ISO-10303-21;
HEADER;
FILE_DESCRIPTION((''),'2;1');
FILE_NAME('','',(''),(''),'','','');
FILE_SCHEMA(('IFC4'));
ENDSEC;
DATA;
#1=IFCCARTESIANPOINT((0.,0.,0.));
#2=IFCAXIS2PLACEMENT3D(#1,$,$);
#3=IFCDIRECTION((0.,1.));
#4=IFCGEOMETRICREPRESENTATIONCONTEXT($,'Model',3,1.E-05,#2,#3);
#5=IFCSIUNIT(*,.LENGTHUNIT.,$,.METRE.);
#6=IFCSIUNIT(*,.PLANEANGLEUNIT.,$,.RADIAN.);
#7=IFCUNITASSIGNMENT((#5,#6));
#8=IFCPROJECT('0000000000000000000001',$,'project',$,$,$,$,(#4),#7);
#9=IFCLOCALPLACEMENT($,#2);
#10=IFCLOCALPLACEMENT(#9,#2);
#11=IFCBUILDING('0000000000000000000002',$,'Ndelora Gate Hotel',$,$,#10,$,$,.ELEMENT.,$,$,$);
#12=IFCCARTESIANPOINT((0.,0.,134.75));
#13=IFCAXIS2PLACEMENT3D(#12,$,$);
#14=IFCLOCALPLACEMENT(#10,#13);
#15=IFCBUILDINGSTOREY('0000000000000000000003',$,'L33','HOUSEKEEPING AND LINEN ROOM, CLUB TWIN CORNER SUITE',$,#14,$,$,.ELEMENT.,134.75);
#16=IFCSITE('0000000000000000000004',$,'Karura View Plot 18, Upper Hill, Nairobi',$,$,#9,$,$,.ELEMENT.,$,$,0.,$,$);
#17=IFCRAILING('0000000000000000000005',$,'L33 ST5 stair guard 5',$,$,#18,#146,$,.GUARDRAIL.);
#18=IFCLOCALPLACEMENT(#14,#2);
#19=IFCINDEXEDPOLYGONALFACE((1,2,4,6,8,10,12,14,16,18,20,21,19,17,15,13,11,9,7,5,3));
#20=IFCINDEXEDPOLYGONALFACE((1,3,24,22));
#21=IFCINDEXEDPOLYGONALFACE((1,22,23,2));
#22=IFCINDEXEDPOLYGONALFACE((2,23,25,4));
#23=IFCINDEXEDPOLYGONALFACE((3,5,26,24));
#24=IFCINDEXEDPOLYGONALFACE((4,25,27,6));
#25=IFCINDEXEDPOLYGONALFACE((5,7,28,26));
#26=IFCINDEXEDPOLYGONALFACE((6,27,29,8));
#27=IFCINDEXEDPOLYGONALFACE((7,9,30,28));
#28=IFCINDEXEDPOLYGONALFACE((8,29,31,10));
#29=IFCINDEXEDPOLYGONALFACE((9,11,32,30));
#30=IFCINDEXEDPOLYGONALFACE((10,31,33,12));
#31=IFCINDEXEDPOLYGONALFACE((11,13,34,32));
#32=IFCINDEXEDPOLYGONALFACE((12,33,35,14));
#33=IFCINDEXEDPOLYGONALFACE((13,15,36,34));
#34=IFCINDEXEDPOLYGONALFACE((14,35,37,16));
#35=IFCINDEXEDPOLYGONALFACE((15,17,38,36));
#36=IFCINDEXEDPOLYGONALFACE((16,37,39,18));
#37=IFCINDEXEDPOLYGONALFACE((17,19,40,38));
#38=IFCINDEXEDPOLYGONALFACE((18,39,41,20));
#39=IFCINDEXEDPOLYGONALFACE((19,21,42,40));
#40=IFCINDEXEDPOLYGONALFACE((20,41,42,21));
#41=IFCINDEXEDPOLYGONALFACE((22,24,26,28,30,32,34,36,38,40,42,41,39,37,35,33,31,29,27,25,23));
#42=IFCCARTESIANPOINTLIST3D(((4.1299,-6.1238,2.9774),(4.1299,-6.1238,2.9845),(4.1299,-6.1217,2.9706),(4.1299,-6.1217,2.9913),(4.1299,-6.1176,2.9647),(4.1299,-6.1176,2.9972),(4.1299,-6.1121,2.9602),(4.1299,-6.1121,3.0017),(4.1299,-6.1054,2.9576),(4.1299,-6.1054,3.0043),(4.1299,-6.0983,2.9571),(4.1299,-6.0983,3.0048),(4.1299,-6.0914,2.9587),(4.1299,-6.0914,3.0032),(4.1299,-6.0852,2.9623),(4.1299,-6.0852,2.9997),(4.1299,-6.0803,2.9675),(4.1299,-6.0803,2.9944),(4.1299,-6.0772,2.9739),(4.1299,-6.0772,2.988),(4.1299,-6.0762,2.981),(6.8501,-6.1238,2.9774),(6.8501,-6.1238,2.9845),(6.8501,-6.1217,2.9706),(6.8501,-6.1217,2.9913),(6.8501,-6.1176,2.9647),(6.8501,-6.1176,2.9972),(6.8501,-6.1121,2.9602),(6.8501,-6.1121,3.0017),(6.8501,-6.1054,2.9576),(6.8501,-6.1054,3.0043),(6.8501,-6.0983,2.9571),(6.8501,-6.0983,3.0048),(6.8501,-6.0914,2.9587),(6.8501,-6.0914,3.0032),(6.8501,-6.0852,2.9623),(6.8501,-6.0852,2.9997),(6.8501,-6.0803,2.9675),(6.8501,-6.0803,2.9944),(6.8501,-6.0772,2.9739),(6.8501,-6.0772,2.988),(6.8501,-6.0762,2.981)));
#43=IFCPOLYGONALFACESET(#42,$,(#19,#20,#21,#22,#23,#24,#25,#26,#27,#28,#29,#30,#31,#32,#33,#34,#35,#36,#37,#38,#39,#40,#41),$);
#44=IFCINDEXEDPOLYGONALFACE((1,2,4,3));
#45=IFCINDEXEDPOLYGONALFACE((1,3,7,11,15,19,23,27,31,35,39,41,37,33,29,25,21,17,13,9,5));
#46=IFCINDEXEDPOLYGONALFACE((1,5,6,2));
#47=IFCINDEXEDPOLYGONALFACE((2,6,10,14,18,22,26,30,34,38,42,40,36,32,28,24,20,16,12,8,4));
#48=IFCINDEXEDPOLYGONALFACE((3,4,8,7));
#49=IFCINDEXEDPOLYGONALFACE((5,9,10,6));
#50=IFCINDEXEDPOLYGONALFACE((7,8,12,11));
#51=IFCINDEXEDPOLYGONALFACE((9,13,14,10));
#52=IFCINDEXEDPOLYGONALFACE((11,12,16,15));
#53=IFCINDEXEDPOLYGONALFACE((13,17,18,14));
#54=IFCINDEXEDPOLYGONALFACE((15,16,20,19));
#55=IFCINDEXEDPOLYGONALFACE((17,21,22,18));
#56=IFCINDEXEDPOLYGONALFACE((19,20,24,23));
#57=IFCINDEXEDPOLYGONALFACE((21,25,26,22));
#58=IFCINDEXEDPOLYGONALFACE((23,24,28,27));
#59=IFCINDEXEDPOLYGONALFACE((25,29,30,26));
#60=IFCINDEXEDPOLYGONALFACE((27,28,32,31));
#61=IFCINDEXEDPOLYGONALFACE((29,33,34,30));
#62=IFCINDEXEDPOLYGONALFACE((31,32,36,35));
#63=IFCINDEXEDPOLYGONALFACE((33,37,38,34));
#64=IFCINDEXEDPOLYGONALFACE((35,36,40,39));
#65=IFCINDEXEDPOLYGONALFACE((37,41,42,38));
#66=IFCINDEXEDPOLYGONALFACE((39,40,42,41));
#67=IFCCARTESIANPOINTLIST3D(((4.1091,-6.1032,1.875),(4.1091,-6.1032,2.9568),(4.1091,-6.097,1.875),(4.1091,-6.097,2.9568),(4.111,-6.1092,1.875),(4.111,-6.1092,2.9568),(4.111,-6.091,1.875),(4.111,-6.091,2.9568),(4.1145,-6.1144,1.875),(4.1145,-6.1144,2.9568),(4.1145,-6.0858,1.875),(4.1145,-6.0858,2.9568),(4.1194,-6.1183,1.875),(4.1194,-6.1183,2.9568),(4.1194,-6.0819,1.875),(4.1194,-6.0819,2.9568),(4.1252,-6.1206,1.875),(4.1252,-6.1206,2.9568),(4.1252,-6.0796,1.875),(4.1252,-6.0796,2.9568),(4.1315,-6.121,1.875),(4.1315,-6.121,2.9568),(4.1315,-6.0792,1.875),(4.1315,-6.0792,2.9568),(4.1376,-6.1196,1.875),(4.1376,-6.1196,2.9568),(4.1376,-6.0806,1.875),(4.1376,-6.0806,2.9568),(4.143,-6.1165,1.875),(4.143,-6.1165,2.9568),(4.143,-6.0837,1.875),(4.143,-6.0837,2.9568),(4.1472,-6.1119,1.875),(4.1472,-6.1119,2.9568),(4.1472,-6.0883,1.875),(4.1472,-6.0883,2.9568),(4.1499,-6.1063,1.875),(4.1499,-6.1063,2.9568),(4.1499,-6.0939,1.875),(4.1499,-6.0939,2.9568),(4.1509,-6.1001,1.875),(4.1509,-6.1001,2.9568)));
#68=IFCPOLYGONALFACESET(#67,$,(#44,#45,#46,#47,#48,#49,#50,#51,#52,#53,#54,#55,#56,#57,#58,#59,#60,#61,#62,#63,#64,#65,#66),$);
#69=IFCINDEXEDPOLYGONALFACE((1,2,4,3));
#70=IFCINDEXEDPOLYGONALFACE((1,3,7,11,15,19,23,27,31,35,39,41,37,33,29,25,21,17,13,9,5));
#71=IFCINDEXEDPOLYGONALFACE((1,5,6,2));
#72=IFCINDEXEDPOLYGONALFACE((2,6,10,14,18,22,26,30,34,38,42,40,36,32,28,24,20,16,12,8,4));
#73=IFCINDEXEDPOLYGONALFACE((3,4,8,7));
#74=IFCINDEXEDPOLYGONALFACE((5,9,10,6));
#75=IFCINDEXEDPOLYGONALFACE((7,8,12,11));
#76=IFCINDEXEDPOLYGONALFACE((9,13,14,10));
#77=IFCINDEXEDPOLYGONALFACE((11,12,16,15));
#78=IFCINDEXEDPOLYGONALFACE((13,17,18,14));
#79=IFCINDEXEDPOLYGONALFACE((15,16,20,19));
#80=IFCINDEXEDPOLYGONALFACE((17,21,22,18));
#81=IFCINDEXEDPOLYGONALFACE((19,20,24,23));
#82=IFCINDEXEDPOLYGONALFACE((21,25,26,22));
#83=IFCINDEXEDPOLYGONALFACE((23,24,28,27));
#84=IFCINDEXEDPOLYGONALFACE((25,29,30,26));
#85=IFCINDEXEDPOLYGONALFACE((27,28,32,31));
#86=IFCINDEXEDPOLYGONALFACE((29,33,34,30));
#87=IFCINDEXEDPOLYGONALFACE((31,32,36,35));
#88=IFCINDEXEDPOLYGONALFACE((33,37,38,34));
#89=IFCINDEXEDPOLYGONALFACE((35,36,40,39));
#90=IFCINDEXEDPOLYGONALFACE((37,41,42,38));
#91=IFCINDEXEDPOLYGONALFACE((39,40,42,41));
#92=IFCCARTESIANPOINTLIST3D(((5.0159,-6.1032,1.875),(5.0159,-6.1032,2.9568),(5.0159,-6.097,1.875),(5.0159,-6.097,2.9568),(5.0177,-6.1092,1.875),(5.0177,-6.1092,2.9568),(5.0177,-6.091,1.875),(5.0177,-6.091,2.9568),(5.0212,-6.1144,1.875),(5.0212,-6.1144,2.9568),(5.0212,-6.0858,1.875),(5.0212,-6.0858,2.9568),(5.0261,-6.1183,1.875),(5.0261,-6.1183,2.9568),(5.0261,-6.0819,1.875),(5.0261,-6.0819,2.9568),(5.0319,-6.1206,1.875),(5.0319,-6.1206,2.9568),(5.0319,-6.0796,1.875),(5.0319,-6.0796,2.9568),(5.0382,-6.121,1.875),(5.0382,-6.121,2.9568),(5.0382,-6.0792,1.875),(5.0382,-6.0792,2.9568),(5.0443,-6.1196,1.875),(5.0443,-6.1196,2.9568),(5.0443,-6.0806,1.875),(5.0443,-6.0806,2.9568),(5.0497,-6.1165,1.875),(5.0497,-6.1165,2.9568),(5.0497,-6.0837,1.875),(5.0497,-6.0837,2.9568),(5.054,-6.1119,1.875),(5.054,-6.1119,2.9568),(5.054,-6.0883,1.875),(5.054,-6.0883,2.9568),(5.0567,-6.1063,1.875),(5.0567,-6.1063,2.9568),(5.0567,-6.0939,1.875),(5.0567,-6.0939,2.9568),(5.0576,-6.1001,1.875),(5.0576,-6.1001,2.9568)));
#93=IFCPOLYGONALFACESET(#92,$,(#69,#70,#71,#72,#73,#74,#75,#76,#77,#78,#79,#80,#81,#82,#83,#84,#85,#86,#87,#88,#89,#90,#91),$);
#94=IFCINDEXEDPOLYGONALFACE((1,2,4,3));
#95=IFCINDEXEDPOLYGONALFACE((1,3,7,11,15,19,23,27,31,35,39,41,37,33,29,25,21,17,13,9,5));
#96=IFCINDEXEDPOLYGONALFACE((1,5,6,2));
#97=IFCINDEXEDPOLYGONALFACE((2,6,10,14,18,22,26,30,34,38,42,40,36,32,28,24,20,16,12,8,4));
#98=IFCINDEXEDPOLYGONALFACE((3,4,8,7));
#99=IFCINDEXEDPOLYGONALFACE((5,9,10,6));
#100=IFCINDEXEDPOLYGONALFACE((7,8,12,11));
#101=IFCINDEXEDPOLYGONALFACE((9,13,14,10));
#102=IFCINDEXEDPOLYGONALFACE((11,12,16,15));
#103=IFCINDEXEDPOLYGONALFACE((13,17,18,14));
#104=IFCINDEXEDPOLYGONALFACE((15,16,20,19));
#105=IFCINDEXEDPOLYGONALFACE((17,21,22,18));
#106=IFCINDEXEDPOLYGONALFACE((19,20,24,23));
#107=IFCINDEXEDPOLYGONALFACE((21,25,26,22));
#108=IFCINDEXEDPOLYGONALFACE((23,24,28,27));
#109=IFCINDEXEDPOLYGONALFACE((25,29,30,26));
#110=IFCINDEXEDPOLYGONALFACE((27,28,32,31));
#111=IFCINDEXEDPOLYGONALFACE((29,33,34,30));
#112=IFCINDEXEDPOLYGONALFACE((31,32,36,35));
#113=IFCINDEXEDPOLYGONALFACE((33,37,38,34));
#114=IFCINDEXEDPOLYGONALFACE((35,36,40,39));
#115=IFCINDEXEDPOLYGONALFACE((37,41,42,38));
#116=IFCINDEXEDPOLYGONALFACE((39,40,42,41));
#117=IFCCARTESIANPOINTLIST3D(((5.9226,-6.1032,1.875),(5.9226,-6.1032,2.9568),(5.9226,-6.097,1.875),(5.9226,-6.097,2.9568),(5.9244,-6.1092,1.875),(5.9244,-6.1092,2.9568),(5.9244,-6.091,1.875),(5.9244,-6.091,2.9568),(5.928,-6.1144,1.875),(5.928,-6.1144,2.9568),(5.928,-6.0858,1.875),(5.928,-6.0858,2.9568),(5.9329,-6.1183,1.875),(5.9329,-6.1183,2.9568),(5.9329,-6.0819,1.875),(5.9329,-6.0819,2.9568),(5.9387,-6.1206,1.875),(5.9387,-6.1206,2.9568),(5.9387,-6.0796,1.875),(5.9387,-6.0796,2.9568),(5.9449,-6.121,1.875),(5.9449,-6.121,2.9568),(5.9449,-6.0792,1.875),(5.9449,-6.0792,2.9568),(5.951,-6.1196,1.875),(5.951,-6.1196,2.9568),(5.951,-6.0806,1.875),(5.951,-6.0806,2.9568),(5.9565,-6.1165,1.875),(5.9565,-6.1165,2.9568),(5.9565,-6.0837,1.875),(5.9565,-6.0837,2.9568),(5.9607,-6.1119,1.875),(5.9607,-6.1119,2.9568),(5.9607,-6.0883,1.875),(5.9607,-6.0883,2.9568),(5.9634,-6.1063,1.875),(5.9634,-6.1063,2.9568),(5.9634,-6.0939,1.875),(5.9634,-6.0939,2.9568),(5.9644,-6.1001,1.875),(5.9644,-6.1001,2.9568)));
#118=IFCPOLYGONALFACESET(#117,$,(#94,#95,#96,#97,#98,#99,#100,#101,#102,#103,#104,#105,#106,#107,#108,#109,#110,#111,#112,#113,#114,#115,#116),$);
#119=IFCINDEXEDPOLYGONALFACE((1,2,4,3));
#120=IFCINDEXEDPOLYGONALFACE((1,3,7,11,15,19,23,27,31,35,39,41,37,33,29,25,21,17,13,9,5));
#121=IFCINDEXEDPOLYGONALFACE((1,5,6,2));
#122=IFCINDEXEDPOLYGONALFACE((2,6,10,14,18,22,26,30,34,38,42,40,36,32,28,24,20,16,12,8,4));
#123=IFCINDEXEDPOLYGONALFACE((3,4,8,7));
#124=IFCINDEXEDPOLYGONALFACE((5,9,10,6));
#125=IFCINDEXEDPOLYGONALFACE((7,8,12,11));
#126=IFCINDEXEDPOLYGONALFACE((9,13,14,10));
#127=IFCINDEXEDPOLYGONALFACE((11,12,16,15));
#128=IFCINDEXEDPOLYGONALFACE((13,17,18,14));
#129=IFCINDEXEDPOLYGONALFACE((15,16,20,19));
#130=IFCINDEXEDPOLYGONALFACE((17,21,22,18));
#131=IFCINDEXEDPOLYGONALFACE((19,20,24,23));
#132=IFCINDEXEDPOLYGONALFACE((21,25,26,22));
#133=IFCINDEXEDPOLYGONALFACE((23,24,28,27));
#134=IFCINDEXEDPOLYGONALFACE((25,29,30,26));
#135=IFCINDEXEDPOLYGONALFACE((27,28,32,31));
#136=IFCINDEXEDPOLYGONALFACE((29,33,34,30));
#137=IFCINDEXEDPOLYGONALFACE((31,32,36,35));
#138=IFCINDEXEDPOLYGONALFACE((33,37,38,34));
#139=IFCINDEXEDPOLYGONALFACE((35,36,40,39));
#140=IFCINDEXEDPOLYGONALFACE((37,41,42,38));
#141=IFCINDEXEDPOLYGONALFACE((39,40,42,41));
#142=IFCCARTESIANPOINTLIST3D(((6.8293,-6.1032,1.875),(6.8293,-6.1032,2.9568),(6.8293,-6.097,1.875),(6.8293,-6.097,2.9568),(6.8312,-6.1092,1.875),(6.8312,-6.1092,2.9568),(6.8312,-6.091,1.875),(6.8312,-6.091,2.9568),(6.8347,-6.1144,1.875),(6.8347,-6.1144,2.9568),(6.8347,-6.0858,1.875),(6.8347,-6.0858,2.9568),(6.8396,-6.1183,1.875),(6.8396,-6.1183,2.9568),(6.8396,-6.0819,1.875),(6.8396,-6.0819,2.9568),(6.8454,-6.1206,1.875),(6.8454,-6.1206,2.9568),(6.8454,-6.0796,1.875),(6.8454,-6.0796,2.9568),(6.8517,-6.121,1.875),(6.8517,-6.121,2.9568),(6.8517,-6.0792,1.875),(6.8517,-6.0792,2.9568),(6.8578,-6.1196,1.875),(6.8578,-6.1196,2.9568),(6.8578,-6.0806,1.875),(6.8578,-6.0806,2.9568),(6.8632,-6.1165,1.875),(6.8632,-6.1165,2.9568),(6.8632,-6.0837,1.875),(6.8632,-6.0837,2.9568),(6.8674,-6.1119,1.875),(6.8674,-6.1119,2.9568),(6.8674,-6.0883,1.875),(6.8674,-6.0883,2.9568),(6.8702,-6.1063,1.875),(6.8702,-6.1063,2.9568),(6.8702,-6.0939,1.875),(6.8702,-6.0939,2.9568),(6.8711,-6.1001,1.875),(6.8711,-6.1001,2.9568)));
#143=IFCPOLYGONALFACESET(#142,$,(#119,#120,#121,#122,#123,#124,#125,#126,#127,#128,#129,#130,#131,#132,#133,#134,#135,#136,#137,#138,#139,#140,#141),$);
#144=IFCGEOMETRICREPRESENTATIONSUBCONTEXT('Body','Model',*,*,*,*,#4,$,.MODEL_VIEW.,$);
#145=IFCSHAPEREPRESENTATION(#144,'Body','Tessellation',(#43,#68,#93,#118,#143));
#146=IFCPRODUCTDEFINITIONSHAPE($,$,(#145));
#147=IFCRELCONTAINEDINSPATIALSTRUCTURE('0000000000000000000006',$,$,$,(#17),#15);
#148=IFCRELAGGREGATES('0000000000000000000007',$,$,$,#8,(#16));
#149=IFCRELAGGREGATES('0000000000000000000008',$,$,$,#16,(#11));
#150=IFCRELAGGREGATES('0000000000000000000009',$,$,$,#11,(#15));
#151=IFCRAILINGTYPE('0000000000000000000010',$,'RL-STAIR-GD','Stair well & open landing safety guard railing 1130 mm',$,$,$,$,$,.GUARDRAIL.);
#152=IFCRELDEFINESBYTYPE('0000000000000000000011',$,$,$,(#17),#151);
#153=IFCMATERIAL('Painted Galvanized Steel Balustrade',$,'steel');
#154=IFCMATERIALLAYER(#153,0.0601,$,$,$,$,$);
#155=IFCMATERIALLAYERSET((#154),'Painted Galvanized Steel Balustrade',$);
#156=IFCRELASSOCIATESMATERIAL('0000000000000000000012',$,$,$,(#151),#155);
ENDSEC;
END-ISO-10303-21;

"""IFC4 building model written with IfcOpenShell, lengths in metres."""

from ifc_helpers import new_model, si_unit, direction, frame, origin, origin_2d, place, context, subcontext, project, spatial, circle, extrude, material, layer, layer_set, type_object, element, save


model = new_model("IFC4")

# Units and contexts
model_context = context("Model", 3, precision=1e-05, world=origin(), true_north=direction((0.0, 1.0)))
body_context = subcontext(model_context, "Body", "Model", "MODEL_VIEW")
ifc_project = project(units=[si_unit("LENGTHUNIT", "METRE"), si_unit("PLANEANGLEUNIT", "RADIAN")], contexts=[model_context])

# Site, building, storey
site_placement = place(None, origin())
site = spatial("IfcSite", under=ifc_project, at=site_placement, Name="Karura View Plot 18, Upper Hill, Nairobi", CompositionType="ELEMENT", RefElevation=0.0)
building_placement = place(site_placement, origin())
building = spatial("IfcBuilding", under=site, at=building_placement, Name="Ndelora Gate Hotel", CompositionType="ELEMENT")
storey_placement = place(building_placement, frame((0.0, 0.0, 134.75)))
storey = spatial("IfcBuildingStorey", under=building, at=storey_placement, Name="L33", Description="HOUSEKEEPING AND LINEN ROOM, CLUB TWIN CORNER SUITE", CompositionType="ELEMENT", Elevation=134.75)

# Railing
ifc_material_1 = material(Name="Painted Galvanized Steel Balustrade", Category="steel")
ifc_layer_1 = layer(ifc_material_1, 0.0601)
ifc_layer_set_1 = layer_set([ifc_layer_1], Name="Painted Galvanized Steel Balustrade")
railing_type_1 = type_object("IfcRailingType", Name="RL-STAIR-GD", Description="Stair well & open landing safety guard railing 1130 mm", PredefinedType="GUARDRAIL", material=ifc_layer_set_1)
railing_1_placement = place(storey_placement, frame((4.1299, -6.1001, 1.875)))
element("IfcRailing", 1, at=railing_1_placement, inside=storey, type_object=railing_type_1, Name="L33 ST5 stair guard 5", PredefinedType="GUARDRAIL", context=body_context, shape_type="SweptSolid", body=[
    extrude(circle(Radius=0.0239, at=origin_2d()), frame((0.0, 0.0, 1.106), z_axis=(1.0, 0.0, 0.0), x_axis=(0.0, 1.0, 0.0)), (0.0, 0.0, 1.0), 2.7202),
    extrude(circle(Radius=0.021, at=origin_2d()), origin(), (0.0, 0.0, 1.0), 1.0818),
    extrude(circle(Radius=0.021, at=origin_2d()), frame((0.9067, 0.0, 0.0)), (0.0, 0.0, 1.0), 1.0818),
    extrude(circle(Radius=0.021, at=origin_2d()), frame((1.8135, 0.0, 0.0)), (0.0, 0.0, 1.0), 1.0818),
    extrude(circle(Radius=0.021, at=origin_2d()), frame((2.7202, 0.0, 0.0)), (0.0, 0.0, 1.0), 1.0818),
])

save(model, "model.ifc")
